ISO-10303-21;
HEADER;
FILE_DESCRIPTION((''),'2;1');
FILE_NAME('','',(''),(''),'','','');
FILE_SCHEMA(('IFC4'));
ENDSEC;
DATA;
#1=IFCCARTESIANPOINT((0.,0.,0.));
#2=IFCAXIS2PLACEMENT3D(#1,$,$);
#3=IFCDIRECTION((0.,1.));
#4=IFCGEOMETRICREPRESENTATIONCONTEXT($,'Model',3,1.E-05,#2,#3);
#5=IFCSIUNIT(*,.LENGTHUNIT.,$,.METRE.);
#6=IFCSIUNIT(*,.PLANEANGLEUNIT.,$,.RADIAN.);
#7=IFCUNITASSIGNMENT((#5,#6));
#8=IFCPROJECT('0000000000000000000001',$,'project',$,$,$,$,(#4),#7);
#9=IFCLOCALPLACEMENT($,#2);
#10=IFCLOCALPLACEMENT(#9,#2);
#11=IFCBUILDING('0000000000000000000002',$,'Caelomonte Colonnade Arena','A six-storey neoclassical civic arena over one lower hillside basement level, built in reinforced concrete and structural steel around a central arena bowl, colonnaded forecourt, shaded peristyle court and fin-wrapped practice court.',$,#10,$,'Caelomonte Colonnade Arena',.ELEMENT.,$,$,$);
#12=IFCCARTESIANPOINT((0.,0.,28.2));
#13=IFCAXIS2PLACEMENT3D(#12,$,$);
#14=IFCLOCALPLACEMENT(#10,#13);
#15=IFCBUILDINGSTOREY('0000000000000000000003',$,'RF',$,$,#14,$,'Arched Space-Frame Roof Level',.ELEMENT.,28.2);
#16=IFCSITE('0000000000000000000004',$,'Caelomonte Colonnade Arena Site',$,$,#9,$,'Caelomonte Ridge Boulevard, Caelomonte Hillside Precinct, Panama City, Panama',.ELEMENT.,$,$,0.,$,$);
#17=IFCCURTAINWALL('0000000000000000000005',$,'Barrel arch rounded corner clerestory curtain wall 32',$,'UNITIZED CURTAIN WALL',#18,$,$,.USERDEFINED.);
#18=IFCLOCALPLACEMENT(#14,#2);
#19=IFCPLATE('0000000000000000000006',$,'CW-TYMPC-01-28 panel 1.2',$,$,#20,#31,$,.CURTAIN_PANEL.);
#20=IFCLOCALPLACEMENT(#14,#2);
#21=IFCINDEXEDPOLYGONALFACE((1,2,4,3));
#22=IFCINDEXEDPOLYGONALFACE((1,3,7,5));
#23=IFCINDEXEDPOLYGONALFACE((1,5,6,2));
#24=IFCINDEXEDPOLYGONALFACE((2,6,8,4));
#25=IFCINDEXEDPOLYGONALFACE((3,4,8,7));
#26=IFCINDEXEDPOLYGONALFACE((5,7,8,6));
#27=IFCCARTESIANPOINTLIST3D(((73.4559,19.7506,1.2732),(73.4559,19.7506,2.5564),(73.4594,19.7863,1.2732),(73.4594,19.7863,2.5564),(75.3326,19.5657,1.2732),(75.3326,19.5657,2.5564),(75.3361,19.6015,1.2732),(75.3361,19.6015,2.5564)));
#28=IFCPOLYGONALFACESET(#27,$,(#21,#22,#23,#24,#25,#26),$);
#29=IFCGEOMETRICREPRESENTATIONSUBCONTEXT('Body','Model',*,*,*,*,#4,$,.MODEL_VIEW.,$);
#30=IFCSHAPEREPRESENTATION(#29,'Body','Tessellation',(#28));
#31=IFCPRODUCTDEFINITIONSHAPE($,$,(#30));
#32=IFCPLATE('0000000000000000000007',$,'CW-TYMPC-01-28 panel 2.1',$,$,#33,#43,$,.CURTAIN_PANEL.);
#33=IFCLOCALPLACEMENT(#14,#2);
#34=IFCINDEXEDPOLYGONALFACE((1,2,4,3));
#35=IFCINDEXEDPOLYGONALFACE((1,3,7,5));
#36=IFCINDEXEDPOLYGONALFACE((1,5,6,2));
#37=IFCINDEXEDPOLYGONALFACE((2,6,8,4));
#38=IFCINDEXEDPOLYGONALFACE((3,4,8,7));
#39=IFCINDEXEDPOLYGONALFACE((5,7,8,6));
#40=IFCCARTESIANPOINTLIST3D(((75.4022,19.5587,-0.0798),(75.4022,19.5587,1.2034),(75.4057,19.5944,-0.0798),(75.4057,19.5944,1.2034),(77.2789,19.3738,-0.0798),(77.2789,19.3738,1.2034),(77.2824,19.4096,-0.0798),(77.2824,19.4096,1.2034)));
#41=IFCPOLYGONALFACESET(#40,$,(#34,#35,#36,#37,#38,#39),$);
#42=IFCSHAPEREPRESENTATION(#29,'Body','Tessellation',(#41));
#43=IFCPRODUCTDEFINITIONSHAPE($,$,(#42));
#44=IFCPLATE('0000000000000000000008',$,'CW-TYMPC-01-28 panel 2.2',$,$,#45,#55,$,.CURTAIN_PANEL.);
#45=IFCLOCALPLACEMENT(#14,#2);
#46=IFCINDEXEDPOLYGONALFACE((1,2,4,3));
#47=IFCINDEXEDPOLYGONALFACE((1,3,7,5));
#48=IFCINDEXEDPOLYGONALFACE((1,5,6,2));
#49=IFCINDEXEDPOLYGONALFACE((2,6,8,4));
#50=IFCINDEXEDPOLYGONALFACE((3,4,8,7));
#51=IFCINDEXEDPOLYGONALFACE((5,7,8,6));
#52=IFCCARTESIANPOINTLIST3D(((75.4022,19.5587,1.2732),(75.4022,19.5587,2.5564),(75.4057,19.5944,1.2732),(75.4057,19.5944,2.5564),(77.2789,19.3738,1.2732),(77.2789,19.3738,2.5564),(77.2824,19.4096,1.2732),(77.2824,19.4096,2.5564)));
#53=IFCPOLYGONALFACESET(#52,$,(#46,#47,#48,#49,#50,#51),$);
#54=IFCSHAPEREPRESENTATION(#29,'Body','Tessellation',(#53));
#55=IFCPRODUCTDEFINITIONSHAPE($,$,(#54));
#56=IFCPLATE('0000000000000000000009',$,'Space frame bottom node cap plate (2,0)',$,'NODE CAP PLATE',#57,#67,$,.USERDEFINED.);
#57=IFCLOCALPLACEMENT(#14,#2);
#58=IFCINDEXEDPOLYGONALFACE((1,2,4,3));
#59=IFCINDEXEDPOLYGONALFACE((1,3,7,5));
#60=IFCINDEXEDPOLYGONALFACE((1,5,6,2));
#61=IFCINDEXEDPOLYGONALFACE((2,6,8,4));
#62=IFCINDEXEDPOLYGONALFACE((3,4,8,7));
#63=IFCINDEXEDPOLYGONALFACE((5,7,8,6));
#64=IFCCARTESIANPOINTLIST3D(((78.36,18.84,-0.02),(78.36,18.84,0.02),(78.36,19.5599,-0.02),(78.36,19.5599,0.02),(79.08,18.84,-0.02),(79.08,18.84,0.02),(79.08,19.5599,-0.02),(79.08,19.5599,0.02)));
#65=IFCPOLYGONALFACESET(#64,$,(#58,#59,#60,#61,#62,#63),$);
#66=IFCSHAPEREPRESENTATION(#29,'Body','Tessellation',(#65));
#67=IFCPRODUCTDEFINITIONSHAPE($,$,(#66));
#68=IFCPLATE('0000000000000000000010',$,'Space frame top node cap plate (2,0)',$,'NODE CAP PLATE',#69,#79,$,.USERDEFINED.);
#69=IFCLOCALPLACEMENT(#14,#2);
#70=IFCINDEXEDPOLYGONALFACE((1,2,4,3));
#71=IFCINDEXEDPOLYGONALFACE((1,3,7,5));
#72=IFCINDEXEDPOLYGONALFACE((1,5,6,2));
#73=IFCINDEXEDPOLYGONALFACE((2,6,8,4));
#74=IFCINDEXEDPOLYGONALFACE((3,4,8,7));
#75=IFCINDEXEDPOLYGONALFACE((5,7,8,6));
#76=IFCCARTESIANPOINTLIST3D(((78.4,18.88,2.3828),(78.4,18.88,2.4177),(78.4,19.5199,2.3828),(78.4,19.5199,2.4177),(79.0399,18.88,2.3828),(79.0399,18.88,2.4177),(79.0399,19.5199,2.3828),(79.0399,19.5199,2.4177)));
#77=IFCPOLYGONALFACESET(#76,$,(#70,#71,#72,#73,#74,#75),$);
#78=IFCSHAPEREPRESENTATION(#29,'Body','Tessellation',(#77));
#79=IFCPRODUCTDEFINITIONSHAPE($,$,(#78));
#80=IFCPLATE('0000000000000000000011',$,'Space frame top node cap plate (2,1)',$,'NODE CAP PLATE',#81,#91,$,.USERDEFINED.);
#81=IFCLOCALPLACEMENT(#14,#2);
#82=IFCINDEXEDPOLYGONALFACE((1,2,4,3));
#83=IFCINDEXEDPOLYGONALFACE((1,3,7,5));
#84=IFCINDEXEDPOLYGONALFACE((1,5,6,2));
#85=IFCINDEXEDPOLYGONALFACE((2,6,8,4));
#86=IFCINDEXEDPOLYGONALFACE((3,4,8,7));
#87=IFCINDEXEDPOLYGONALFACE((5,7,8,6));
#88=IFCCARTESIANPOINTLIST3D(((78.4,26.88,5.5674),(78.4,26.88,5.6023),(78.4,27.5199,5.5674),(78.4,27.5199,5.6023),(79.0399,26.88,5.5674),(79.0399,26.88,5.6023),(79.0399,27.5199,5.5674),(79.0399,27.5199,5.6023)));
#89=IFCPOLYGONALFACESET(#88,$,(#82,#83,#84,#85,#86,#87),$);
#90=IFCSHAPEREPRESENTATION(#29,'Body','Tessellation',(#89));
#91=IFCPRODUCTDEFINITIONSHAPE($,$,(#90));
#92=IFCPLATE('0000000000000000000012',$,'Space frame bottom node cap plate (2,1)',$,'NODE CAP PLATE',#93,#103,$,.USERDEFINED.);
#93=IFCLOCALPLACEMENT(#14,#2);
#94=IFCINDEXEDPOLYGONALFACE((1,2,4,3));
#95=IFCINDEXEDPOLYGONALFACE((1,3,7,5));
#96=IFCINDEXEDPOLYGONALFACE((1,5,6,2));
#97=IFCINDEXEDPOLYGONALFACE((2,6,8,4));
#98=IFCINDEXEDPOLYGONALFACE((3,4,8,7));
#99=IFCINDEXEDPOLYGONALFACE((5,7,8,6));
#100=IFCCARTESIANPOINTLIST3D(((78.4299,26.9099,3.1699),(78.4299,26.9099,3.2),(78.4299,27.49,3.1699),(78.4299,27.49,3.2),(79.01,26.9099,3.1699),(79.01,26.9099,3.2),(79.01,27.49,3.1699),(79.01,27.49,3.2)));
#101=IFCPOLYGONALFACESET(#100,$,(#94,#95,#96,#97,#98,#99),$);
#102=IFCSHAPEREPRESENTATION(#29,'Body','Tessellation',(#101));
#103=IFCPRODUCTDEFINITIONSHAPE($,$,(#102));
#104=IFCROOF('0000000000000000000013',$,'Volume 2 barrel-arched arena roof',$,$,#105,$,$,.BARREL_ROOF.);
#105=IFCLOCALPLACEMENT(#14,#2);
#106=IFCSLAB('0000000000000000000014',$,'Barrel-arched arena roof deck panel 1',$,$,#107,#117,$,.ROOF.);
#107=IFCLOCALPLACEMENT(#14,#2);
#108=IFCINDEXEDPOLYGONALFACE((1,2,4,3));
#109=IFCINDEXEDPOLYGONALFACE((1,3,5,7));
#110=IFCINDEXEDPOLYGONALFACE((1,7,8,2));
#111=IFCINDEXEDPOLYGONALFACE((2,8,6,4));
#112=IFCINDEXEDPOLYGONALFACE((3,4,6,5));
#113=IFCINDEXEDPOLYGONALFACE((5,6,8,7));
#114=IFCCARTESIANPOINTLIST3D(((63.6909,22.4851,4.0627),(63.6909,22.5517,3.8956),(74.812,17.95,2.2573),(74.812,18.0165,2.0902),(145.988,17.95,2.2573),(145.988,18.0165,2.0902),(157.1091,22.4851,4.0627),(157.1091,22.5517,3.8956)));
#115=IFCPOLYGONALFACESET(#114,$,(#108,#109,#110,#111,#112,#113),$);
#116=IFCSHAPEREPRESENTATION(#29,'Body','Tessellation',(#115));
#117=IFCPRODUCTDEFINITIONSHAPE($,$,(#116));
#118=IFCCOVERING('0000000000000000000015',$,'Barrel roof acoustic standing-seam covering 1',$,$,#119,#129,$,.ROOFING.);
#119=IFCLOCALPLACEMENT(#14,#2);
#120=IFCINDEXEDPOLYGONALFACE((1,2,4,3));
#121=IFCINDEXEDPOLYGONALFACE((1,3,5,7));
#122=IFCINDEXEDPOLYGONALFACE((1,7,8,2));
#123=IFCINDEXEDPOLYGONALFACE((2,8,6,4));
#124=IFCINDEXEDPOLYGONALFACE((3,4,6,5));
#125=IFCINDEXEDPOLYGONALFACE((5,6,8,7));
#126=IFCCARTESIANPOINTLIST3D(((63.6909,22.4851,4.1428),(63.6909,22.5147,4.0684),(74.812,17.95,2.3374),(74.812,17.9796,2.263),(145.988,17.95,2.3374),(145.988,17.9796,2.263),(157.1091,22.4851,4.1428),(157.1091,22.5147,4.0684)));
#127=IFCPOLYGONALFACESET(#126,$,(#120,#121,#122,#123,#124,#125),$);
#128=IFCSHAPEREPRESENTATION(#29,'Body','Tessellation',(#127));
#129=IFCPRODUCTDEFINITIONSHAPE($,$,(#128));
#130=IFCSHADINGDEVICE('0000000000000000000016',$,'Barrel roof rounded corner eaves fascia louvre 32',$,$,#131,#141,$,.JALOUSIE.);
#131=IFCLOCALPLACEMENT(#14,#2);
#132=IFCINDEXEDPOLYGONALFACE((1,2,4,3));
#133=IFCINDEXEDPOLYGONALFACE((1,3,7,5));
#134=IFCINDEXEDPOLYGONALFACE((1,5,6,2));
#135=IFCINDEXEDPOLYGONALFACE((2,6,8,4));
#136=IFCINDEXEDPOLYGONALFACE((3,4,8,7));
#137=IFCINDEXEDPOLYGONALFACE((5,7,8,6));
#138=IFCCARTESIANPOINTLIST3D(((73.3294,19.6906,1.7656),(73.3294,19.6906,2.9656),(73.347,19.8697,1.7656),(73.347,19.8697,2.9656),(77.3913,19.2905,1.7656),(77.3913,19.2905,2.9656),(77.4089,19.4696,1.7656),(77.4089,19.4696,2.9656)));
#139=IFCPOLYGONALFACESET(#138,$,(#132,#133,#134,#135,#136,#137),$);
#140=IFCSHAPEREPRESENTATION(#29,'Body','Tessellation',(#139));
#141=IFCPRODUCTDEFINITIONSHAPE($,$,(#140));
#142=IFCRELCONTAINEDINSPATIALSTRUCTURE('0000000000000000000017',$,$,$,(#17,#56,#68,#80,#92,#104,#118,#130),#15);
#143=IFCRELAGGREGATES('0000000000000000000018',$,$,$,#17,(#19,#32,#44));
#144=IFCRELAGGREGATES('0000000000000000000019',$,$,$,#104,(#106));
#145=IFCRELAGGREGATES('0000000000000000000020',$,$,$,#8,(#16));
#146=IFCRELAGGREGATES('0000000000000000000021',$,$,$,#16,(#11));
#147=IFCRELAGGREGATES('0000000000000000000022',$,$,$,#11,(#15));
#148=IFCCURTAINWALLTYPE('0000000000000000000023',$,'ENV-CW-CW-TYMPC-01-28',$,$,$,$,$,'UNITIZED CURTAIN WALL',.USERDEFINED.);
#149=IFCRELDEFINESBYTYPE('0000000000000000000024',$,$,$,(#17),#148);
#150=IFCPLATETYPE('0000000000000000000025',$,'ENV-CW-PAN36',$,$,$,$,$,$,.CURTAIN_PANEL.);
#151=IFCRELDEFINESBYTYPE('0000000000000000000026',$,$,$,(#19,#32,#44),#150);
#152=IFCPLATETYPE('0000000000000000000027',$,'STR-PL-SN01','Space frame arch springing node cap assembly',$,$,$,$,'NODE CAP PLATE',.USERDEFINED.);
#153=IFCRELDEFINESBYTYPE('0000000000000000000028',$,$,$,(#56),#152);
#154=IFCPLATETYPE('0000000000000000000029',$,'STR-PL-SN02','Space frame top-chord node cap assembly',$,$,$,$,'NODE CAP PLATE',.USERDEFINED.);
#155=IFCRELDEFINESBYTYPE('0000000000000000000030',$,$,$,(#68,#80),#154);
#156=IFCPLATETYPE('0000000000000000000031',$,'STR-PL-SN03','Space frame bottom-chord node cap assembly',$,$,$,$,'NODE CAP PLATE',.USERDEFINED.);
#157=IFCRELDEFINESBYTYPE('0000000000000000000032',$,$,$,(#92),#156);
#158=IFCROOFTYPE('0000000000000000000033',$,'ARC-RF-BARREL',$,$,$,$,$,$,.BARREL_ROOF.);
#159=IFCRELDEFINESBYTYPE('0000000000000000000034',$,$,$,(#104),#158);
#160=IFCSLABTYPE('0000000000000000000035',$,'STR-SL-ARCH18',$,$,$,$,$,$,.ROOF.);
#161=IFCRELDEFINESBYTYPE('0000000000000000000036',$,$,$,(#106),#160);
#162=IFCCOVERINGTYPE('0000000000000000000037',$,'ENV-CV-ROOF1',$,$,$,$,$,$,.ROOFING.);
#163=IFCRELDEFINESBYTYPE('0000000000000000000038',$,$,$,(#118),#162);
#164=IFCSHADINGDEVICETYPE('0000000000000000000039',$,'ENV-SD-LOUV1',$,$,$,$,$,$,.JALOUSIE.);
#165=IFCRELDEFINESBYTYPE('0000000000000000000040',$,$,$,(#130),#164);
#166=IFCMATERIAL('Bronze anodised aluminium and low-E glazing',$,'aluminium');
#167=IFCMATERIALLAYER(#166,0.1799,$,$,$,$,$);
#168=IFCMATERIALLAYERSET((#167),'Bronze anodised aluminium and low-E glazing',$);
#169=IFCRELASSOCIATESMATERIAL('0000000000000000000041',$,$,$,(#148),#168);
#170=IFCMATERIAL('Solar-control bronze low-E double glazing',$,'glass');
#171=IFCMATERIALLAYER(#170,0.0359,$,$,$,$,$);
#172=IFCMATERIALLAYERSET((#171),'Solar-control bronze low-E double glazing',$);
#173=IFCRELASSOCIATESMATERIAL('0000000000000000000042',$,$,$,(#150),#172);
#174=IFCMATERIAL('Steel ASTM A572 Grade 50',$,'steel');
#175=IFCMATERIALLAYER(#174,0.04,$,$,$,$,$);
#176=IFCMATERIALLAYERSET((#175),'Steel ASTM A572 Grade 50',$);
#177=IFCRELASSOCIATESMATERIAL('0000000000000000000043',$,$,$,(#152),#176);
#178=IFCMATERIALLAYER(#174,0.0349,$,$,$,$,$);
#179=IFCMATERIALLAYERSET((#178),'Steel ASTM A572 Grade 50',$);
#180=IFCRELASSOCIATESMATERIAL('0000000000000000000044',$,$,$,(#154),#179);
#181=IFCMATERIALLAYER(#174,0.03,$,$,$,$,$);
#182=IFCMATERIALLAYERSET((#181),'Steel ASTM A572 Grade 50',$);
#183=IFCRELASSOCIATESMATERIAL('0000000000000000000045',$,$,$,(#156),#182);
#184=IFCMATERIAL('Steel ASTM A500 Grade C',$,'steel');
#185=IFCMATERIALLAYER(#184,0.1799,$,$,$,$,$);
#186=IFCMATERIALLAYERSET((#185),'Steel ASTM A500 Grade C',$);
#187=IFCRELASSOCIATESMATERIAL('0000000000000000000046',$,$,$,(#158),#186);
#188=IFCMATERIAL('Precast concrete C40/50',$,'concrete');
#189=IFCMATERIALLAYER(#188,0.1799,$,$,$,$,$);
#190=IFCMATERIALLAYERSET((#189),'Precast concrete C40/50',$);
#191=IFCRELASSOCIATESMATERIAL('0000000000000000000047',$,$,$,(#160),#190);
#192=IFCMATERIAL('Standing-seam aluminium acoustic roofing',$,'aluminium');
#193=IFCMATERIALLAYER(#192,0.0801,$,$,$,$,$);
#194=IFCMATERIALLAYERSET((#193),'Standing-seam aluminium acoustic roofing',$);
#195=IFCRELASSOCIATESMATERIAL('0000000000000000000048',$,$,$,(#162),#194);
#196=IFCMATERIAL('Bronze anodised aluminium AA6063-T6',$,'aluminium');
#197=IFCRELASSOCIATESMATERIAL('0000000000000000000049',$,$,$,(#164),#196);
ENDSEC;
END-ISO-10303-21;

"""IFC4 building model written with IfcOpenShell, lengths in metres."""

from ifc_helpers import new_model, si_unit, direction, frame, origin, origin_2d, place, context, subcontext, project, spatial, polyline, rectangle, outline, extrude, material, layer, layer_set, type_object, element, aggregate, save


model = new_model("IFC4")

# Units and contexts
model_context = context("Model", 3, precision=1e-05, world=origin(), true_north=direction((0.0, 1.0)))
body_context = subcontext(model_context, "Body", "Model", "MODEL_VIEW")
ifc_project = project(units=[si_unit("LENGTHUNIT", "METRE"), si_unit("PLANEANGLEUNIT", "RADIAN")], contexts=[model_context])

# Site, building, storey
site_placement = place(None, origin())
site = spatial("IfcSite", under=ifc_project, at=site_placement, Name="Caelomonte Colonnade Arena Site", LongName="Caelomonte Ridge Boulevard, Caelomonte Hillside Precinct, Panama City, Panama", CompositionType="ELEMENT", RefElevation=0.0)
building_placement = place(site_placement, origin())
building = spatial("IfcBuilding", under=site, at=building_placement, Name="Caelomonte Colonnade Arena", Description="A six-storey neoclassical civic arena over one lower hillside basement level, built in reinforced concrete and structural steel around a central arena bowl, colonnaded forecourt, shaded peristyle court and fin-wrapped practice court.", LongName="Caelomonte Colonnade Arena", CompositionType="ELEMENT")
storey_placement = place(building_placement, frame((0.0, 0.0, 28.2)))
storey = spatial("IfcBuildingStorey", under=building, at=storey_placement, Name="RF", LongName="Arched Space-Frame Roof Level", CompositionType="ELEMENT", Elevation=28.2)

# Shared definitions
ifc_material_1 = material(Name="Bronze anodised aluminium and low-E glazing", Category="aluminium")
ifc_material_2 = material(Name="Bronze anodised aluminium AA6063-T6", Category="aluminium")

# Curtain wall
ifc_layer_1 = layer(ifc_material_1, 0.1799)
ifc_layer_set_1 = layer_set([ifc_layer_1], Name="Bronze anodised aluminium and low-E glazing")
curtain_wall_type_1 = type_object("IfcCurtainWallType", Name="ENV-CW-CW-TYMPC-01-28", ElementType="UNITIZED CURTAIN WALL", PredefinedType="USERDEFINED", material=ifc_layer_set_1)
curtain_wall_1_placement = place(storey_placement, origin())
curtain_wall_1 = element("IfcCurtainWall", 1, at=curtain_wall_1_placement, inside=storey, type_object=curtain_wall_type_1, Name="Barrel arch rounded corner clerestory curtain wall 32", ObjectType="UNITIZED CURTAIN WALL", PredefinedType="USERDEFINED")

# Shared definitions
ifc_material_3 = material(Name="Steel ASTM A500 Grade C", Category="steel")

# Plates
ifc_material_4 = material(Name="Solar-control bronze low-E double glazing", Category="glass")
ifc_layer_2 = layer(ifc_material_4, 0.0359)
ifc_layer_set_2 = layer_set([ifc_layer_2], Name="Solar-control bronze low-E double glazing")
plate_type_1 = type_object("IfcPlateType", Name="ENV-CW-PAN36", PredefinedType="CURTAIN_PANEL", material=ifc_layer_set_2)
plate_1_placement = place(storey_placement, frame((74.396, 19.676, 1.2732), z_axis=(0.0, 0.0, 1.0), x_axis=(0.995183, -0.098031, 0.0)))
plate_1 = element("IfcPlate", 2, at=plate_1_placement, type_object=plate_type_1, Name="CW-TYMPC-01-28 panel 1.2", PredefinedType="CURTAIN_PANEL", context=body_context, shape_type="SweptSolid", body=[
    extrude(rectangle(XDim=1.8857, YDim=0.0359, at=origin_2d()), origin(), (0.0, 0.0, 1.0), 1.2832),
])
plate_2_placement = place(storey_placement, frame((76.3423, 19.4841, -0.0798), z_axis=(0.0, 0.0, 1.0), x_axis=(0.995183, -0.098031, 0.0)))
plate_2 = element("IfcPlate", 3, at=plate_2_placement, type_object=plate_type_1, Name="CW-TYMPC-01-28 panel 2.1", PredefinedType="CURTAIN_PANEL", context=body_context, shape_type="SweptSolid", body=[
    extrude(rectangle(XDim=1.8857, YDim=0.0359, at=origin_2d()), origin(), (0.0, 0.0, 1.0), 1.2832),
])
plate_3_placement = place(storey_placement, frame((76.3423, 19.4841, 1.2732), z_axis=(0.0, 0.0, 1.0), x_axis=(0.995183, -0.098031, 0.0)))
plate_3 = element("IfcPlate", 4, at=plate_3_placement, type_object=plate_type_1, Name="CW-TYMPC-01-28 panel 2.2", PredefinedType="CURTAIN_PANEL", context=body_context, shape_type="SweptSolid", body=[
    extrude(rectangle(XDim=1.8857, YDim=0.0359, at=origin_2d()), origin(), (0.0, 0.0, 1.0), 1.2832),
])
aggregate(curtain_wall_1, [plate_1, plate_2, plate_3])

# Plates
ifc_material_5 = material(Name="Steel ASTM A572 Grade 50", Category="steel")
ifc_layer_3 = layer(ifc_material_5, 0.04)
ifc_layer_set_3 = layer_set([ifc_layer_3], Name="Steel ASTM A572 Grade 50")
plate_type_2 = type_object("IfcPlateType", Name="STR-PL-SN01", Description="Space frame arch springing node cap assembly", ElementType="NODE CAP PLATE", PredefinedType="USERDEFINED", material=ifc_layer_set_3)
plate_4_placement = place(storey_placement, frame((78.72, 19.2, -0.02), z_axis=(0.0, 0.0, 1.0), x_axis=(1.0, 0.0, 0.0)))
element("IfcPlate", 5, at=plate_4_placement, inside=storey, type_object=plate_type_2, Name="Space frame bottom node cap plate (2,0)", ObjectType="NODE CAP PLATE", PredefinedType="USERDEFINED", context=body_context, shape_type="SweptSolid", body=[
    extrude(rectangle(XDim=0.72, YDim=0.72, at=origin_2d()), origin(), (0.0, 0.0, 1.0), 0.04),
])
ifc_layer_4 = layer(ifc_material_5, 0.0349)
ifc_layer_set_4 = layer_set([ifc_layer_4], Name="Steel ASTM A572 Grade 50")
plate_type_3 = type_object("IfcPlateType", Name="STR-PL-SN02", Description="Space frame top-chord node cap assembly", ElementType="NODE CAP PLATE", PredefinedType="USERDEFINED", material=ifc_layer_set_4)
for number, where, z_axis, x_axis, name in (
    (6, (78.72, 19.2, 2.3828), (0.0, 0.0, 1.0), (1.0, 0.0, 0.0), "Space frame top node cap plate (2,0)"),
    (7, (78.72, 27.2, 5.5674), (0.0, 0.0, 1.0), (1.0, 0.0, 0.0), "Space frame top node cap plate (2,1)"),
):
    element("IfcPlate", number, at=place(storey_placement, frame(where, z_axis=z_axis, x_axis=x_axis)), inside=storey, type_object=plate_type_3, Name=name, ObjectType="NODE CAP PLATE", PredefinedType="USERDEFINED", context=body_context, shape_type="SweptSolid", body=[
        extrude(rectangle(XDim=0.6399, YDim=0.6399, at=origin_2d()), origin(), (0.0, 0.0, 1.0), 0.0349),
    ])
ifc_layer_5 = layer(ifc_material_5, 0.03)
ifc_layer_set_5 = layer_set([ifc_layer_5], Name="Steel ASTM A572 Grade 50")
plate_type_4 = type_object("IfcPlateType", Name="STR-PL-SN03", Description="Space frame bottom-chord node cap assembly", ElementType="NODE CAP PLATE", PredefinedType="USERDEFINED", material=ifc_layer_set_5)
plate_5_placement = place(storey_placement, frame((78.72, 27.2, 3.1699), z_axis=(0.0, 0.0, 1.0), x_axis=(1.0, 0.0, 0.0)))
element("IfcPlate", 8, at=plate_5_placement, inside=storey, type_object=plate_type_4, Name="Space frame bottom node cap plate (2,1)", ObjectType="NODE CAP PLATE", PredefinedType="USERDEFINED", context=body_context, shape_type="SweptSolid", body=[
    extrude(rectangle(XDim=0.5801, YDim=0.5801, at=origin_2d()), origin(), (0.0, 0.0, 1.0), 0.03),
])

# Roof, slab
ifc_layer_6 = layer(ifc_material_3, 0.1799)
ifc_layer_set_6 = layer_set([ifc_layer_6], Name="Steel ASTM A500 Grade C")
roof_type = type_object("IfcRoofType", Name="ARC-RF-BARREL", PredefinedType="BARREL_ROOF", material=ifc_layer_set_6)
roof_placement = place(storey_placement, origin())
roof = element("IfcRoof", 9, at=roof_placement, inside=storey, type_object=roof_type, Name="Volume 2 barrel-arched arena roof", PredefinedType="BARREL_ROOF")
ifc_material_6 = material(Name="Precast concrete C40/50", Category="concrete")
ifc_layer_7 = layer(ifc_material_6, 0.1799)
ifc_layer_set_7 = layer_set([ifc_layer_7], Name="Precast concrete C40/50")
slab_type = type_object("IfcSlabType", Name="STR-SL-ARCH18", PredefinedType="ROOF", material=ifc_layer_set_7)
slab_placement = place(storey_placement, frame((74.812, 17.95, 2.2573), z_axis=(0.0, -0.369864, 0.929086), x_axis=(1.0, 0.0, 0.0)))
slab = element("IfcSlab", 10, at=slab_placement, type_object=slab_type, Name="Barrel-arched arena roof deck panel 1", PredefinedType="ROOF", context=body_context, shape_type="SweptSolid", body=[
    extrude(outline(polyline([(0.0, 0.0), (71.176, 0.0), (82.2971, 4.8813), (-11.1211, 4.8813), (0.0, 0.0)])), origin(), (0.0, 0.0, -1.0), 0.1799),
])
aggregate(roof, [slab])

# Covering
ifc_material_7 = material(Name="Standing-seam aluminium acoustic roofing", Category="aluminium")
ifc_layer_8 = layer(ifc_material_7, 0.0801)
ifc_layer_set_8 = layer_set([ifc_layer_8], Name="Standing-seam aluminium acoustic roofing")
covering_type = type_object("IfcCoveringType", Name="ENV-CV-ROOF1", PredefinedType="ROOFING", material=ifc_layer_set_8)
covering_placement = place(storey_placement, frame((74.812, 17.95, 2.3374), z_axis=(0.0, -0.369864, 0.929086), x_axis=(1.0, 0.0, 0.0)))
element("IfcCovering", 11, at=covering_placement, inside=storey, type_object=covering_type, Name="Barrel roof acoustic standing-seam covering 1", PredefinedType="ROOFING", context=body_context, shape_type="SweptSolid", body=[
    extrude(outline(polyline([(0.0, 0.0), (71.176, 0.0), (82.2971, 4.8813), (-11.1211, 4.8813), (0.0, 0.0)])), origin(), (0.0, 0.0, -1.0), 0.0801),
])

# Shading device
shading_device_type = type_object("IfcShadingDeviceType", Name="ENV-SD-LOUV1", PredefinedType="JALOUSIE", material=ifc_material_2)
shading_device_placement = place(storey_placement, frame((75.3691, 19.5801, 1.7656), z_axis=(0.0, 0.0, 1.0), x_axis=(0.995184, -0.098029, 0.0)))
element("IfcShadingDevice", 12, at=shading_device_placement, inside=storey, type_object=shading_device_type, Name="Barrel roof rounded corner eaves fascia louvre 32", PredefinedType="JALOUSIE", context=body_context, shape_type="SweptSolid", body=[
    extrude(rectangle(XDim=4.0815, YDim=0.1799, at=origin_2d()), origin(), (0.0, 0.0, 1.0), 1.2),
])

save(model, "model.ifc")
